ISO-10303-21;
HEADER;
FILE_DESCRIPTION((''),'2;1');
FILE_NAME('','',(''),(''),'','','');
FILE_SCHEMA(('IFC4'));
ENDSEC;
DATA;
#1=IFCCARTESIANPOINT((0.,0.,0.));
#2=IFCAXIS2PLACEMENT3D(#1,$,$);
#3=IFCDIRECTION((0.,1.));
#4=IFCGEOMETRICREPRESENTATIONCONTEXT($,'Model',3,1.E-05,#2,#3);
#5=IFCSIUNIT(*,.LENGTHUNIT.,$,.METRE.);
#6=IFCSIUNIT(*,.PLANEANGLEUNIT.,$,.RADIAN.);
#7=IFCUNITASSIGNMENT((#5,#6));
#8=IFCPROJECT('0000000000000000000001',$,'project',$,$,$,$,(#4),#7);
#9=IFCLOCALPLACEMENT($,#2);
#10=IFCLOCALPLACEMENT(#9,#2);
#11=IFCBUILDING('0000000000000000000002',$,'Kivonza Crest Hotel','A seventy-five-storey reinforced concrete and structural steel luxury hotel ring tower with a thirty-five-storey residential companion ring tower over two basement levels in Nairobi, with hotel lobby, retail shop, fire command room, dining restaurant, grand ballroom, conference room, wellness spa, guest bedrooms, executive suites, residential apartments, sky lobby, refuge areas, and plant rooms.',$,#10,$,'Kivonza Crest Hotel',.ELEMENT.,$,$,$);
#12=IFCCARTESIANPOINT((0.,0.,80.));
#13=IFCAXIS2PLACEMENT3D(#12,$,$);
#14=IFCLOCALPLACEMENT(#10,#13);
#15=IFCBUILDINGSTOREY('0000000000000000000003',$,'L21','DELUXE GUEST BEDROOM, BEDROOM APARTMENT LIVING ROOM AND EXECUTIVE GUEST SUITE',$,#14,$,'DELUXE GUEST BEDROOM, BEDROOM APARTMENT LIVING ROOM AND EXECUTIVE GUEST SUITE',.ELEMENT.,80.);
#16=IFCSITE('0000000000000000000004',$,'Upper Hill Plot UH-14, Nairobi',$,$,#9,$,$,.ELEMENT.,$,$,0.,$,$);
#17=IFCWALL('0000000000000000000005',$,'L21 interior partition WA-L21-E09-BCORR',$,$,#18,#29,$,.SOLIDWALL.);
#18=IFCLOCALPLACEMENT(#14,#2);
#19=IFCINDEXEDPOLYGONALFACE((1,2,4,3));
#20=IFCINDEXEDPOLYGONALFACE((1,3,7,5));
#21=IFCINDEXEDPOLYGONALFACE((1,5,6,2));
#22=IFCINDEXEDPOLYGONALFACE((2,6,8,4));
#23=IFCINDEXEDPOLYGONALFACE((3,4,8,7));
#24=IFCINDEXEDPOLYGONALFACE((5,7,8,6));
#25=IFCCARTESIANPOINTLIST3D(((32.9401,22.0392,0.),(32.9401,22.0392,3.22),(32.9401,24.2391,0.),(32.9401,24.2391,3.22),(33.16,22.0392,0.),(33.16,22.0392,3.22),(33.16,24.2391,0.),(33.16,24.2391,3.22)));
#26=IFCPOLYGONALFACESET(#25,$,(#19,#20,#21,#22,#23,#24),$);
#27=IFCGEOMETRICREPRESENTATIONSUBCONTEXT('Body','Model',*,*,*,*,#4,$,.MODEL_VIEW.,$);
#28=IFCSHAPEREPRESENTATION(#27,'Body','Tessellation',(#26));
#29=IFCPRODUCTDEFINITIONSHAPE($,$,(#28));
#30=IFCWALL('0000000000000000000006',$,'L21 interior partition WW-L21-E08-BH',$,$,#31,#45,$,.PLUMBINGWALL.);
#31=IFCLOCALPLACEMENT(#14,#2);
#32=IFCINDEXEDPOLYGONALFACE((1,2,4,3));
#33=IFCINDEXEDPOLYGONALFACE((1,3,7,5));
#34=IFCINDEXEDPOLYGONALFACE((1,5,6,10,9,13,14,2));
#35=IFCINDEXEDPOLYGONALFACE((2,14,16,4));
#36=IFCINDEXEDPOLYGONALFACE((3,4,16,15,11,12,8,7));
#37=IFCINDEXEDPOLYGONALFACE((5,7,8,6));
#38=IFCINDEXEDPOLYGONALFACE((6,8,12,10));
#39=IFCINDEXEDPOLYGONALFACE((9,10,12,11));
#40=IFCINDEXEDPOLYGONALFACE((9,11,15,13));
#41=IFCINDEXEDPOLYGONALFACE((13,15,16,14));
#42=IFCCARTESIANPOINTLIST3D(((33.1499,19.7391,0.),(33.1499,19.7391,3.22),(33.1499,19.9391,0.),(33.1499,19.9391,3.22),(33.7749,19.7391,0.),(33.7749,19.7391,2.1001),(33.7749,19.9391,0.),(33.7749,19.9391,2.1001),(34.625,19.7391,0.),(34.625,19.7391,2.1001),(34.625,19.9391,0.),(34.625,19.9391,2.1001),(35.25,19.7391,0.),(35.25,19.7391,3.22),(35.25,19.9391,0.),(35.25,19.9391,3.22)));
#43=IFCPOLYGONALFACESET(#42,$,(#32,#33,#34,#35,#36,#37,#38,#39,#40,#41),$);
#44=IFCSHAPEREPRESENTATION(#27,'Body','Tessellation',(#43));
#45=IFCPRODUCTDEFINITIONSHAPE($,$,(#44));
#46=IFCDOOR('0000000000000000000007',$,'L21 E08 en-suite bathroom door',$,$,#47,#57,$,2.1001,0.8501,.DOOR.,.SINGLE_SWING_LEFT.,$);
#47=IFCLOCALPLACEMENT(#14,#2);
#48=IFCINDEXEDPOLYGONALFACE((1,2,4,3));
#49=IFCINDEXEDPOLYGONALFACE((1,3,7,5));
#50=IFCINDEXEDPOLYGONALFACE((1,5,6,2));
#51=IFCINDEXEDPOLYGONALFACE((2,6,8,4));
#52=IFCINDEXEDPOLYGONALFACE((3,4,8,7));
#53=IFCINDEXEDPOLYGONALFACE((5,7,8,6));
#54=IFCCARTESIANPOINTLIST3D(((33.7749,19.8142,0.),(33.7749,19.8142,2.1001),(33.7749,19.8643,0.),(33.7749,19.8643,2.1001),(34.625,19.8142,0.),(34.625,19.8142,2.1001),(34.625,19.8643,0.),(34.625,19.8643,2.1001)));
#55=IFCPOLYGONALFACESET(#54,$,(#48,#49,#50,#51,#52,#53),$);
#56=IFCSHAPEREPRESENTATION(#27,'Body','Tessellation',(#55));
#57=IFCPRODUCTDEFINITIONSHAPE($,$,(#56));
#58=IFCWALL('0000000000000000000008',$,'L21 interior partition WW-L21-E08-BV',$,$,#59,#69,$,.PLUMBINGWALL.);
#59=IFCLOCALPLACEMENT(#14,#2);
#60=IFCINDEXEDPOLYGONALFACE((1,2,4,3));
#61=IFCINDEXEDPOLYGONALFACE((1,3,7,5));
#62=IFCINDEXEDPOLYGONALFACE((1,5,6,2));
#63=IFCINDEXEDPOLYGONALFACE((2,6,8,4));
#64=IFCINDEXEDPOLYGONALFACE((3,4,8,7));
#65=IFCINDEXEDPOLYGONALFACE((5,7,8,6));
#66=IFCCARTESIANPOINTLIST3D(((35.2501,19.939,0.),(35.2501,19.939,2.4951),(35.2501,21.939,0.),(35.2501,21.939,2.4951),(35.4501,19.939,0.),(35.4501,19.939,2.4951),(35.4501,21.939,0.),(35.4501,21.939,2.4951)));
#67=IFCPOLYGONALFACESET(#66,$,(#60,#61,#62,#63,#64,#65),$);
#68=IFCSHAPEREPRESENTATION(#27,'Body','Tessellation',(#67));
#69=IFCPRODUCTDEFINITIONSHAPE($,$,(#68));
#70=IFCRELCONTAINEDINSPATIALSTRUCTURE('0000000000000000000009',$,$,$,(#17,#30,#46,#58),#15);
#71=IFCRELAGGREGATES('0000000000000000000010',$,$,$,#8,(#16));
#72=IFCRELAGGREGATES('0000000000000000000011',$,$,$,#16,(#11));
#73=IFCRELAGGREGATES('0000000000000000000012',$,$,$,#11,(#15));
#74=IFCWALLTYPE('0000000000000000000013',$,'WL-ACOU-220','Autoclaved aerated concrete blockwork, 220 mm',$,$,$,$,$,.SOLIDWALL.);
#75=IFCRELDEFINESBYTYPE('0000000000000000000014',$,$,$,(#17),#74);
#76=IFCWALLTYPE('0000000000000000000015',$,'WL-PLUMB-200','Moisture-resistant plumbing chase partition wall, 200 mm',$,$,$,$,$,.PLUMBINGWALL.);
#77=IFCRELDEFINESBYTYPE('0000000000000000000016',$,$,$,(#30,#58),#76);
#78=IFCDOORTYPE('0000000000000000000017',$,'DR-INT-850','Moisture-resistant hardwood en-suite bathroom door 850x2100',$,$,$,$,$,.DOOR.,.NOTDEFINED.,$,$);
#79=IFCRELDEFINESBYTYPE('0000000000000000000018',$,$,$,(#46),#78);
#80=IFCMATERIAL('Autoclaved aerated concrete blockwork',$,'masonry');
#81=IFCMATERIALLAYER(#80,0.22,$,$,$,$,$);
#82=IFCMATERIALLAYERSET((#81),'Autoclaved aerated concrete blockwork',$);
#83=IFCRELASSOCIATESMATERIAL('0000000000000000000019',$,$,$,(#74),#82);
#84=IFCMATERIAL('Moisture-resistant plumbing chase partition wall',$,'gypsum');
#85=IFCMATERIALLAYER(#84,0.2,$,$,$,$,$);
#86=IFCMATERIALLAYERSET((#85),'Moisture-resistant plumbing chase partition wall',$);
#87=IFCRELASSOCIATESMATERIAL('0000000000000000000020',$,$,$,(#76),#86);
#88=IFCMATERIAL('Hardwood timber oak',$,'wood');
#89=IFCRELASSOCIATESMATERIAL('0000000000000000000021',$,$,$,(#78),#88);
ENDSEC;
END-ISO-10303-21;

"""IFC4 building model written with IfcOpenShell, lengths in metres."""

from ifc_helpers import new_model, si_unit, direction, frame, frame_2d, origin, place, context, subcontext, project, spatial, rectangle, extrude, material, layer, layer_set, type_object, element, fill, save


model = new_model("IFC4")

# Units and contexts
model_context = context("Model", 3, precision=1e-05, world=origin(), true_north=direction((0.0, 1.0)))
body_context = subcontext(model_context, "Body", "Model", "MODEL_VIEW")
ifc_project = project(units=[si_unit("LENGTHUNIT", "METRE"), si_unit("PLANEANGLEUNIT", "RADIAN")], contexts=[model_context])

# Site, building, storey
site_placement = place(None, origin())
site = spatial("IfcSite", under=ifc_project, at=site_placement, Name="Upper Hill Plot UH-14, Nairobi", CompositionType="ELEMENT", RefElevation=0.0)
building_placement = place(site_placement, origin())
building = spatial("IfcBuilding", under=site, at=building_placement, Name="Kivonza Crest Hotel", Description="A seventy-five-storey reinforced concrete and structural steel luxury hotel ring tower with a thirty-five-storey residential companion ring tower over two basement levels in Nairobi, with hotel lobby, retail shop, fire command room, dining restaurant, grand ballroom, conference room, wellness spa, guest bedrooms, executive suites, residential apartments, sky lobby, refuge areas, and plant rooms.", LongName="Kivonza Crest Hotel", CompositionType="ELEMENT")
storey_placement = place(building_placement, frame((0.0, 0.0, 80.0)))
storey = spatial("IfcBuildingStorey", under=building, at=storey_placement, Name="L21", Description="DELUXE GUEST BEDROOM, BEDROOM APARTMENT LIVING ROOM AND EXECUTIVE GUEST SUITE", LongName="DELUXE GUEST BEDROOM, BEDROOM APARTMENT LIVING ROOM AND EXECUTIVE GUEST SUITE", CompositionType="ELEMENT", Elevation=80.0)

# Wall
ifc_material_1 = material(Name="Autoclaved aerated concrete blockwork", Category="masonry")
ifc_layer_1 = layer(ifc_material_1, 0.22)
ifc_layer_set_1 = layer_set([ifc_layer_1], Name="Autoclaved aerated concrete blockwork")
wall_type_1 = type_object("IfcWallType", Name="WL-ACOU-220", Description="Autoclaved aerated concrete blockwork, 220 mm", PredefinedType="SOLIDWALL", material=ifc_layer_set_1)
wall_1_placement = place(storey_placement, frame((33.05, 22.0391, 0.0), z_axis=(0.0, 0.0, 1.0), x_axis=(0.0, 1.0, 0.0)))
element("IfcWall", 1, at=wall_1_placement, inside=storey, type_object=wall_type_1, Name="L21 interior partition WA-L21-E09-BCORR", PredefinedType="SOLIDWALL", context=body_context, shape_type="SweptSolid", body=[
    extrude(rectangle(XDim=2.2, YDim=0.22, at=frame_2d((1.1001, 0.0))), origin(), (0.0, 0.0, 1.0), 3.22),
])

# Wall, opening, door
ifc_material_2 = material(Name="Moisture-resistant plumbing chase partition wall", Category="gypsum")
ifc_layer_2 = layer(ifc_material_2, 0.2)
ifc_layer_set_2 = layer_set([ifc_layer_2], Name="Moisture-resistant plumbing chase partition wall")
wall_type_2 = type_object("IfcWallType", Name="WL-PLUMB-200", Description="Moisture-resistant plumbing chase partition wall, 200 mm", PredefinedType="PLUMBINGWALL", material=ifc_layer_set_2)
wall_2_placement = place(storey_placement, frame((33.1499, 19.8391, 0.0), z_axis=(0.0, 0.0, 1.0), x_axis=(1.0, 0.0, 0.0)))
wall_2 = element("IfcWall", 2, at=wall_2_placement, inside=storey, type_object=wall_type_2, Name="L21 interior partition WW-L21-E08-BH", PredefinedType="PLUMBINGWALL", context=body_context, shape_type="SweptSolid", body=[
    extrude(rectangle(XDim=2.1001, YDim=0.2, at=frame_2d((1.05, 0.0))), origin(), (0.0, 0.0, 1.0), 3.22),
])
opening_placement = place(wall_2_placement, frame((0.625, 0.0, 0.0)))
opening = element("IfcOpeningElement", 3, at=opening_placement, cuts=wall_2, PredefinedType="OPENING", context=body_context, shape_type="SweptSolid", body=[
    extrude(rectangle(XDim=0.8501, YDim=2.1001, at=frame_2d((0.425, 1.05))), frame((0.0, 0.1099, 0.0), z_axis=(0.0, -1.0, 0.0), x_axis=(1.0, 0.0, 0.0)), (0.0, 0.0, 1.0), 0.22),
])
ifc_material_3 = material(Name="Hardwood timber oak", Category="wood")
door_type = type_object("IfcDoorType", Name="DR-INT-850", Description="Moisture-resistant hardwood en-suite bathroom door 850x2100", OperationType="NOTDEFINED", PredefinedType="DOOR", material=ifc_material_3)
door_placement = place(opening_placement, frame((0.8501, 0.0, 0.0), z_axis=(0.0, 0.0, 1.0), x_axis=(-1.0, 0.0, 0.0)))
door = element("IfcDoor", 4, at=door_placement, inside=storey, type_object=door_type, Name="L21 E08 en-suite bathroom door", OperationType="SINGLE_SWING_LEFT", OverallHeight=2.1001, OverallWidth=0.8501, PredefinedType="DOOR", context=body_context, shape_type="SweptSolid", body=[
    extrude(rectangle(XDim=0.8501, YDim=2.1001, at=frame_2d((0.425, 1.05))), frame((0.0, 0.0249, 0.0), z_axis=(0.0, -1.0, 0.0), x_axis=(1.0, 0.0, 0.0)), (0.0, 0.0, 1.0), 0.05),
])
fill(opening, door)

# Wall
wall_3_placement = place(storey_placement, frame((35.3501, 19.939, 0.0), z_axis=(0.0, 0.0, 1.0), x_axis=(0.0, 1.0, 0.0)))
element("IfcWall", 5, at=wall_3_placement, inside=storey, type_object=wall_type_2, Name="L21 interior partition WW-L21-E08-BV", PredefinedType="PLUMBINGWALL", context=body_context, shape_type="SweptSolid", body=[
    extrude(rectangle(XDim=2.0, YDim=0.2, at=frame_2d((1.0, 0.0))), origin(), (0.0, 0.0, 1.0), 2.4951),
])

save(model, "model.ifc")
